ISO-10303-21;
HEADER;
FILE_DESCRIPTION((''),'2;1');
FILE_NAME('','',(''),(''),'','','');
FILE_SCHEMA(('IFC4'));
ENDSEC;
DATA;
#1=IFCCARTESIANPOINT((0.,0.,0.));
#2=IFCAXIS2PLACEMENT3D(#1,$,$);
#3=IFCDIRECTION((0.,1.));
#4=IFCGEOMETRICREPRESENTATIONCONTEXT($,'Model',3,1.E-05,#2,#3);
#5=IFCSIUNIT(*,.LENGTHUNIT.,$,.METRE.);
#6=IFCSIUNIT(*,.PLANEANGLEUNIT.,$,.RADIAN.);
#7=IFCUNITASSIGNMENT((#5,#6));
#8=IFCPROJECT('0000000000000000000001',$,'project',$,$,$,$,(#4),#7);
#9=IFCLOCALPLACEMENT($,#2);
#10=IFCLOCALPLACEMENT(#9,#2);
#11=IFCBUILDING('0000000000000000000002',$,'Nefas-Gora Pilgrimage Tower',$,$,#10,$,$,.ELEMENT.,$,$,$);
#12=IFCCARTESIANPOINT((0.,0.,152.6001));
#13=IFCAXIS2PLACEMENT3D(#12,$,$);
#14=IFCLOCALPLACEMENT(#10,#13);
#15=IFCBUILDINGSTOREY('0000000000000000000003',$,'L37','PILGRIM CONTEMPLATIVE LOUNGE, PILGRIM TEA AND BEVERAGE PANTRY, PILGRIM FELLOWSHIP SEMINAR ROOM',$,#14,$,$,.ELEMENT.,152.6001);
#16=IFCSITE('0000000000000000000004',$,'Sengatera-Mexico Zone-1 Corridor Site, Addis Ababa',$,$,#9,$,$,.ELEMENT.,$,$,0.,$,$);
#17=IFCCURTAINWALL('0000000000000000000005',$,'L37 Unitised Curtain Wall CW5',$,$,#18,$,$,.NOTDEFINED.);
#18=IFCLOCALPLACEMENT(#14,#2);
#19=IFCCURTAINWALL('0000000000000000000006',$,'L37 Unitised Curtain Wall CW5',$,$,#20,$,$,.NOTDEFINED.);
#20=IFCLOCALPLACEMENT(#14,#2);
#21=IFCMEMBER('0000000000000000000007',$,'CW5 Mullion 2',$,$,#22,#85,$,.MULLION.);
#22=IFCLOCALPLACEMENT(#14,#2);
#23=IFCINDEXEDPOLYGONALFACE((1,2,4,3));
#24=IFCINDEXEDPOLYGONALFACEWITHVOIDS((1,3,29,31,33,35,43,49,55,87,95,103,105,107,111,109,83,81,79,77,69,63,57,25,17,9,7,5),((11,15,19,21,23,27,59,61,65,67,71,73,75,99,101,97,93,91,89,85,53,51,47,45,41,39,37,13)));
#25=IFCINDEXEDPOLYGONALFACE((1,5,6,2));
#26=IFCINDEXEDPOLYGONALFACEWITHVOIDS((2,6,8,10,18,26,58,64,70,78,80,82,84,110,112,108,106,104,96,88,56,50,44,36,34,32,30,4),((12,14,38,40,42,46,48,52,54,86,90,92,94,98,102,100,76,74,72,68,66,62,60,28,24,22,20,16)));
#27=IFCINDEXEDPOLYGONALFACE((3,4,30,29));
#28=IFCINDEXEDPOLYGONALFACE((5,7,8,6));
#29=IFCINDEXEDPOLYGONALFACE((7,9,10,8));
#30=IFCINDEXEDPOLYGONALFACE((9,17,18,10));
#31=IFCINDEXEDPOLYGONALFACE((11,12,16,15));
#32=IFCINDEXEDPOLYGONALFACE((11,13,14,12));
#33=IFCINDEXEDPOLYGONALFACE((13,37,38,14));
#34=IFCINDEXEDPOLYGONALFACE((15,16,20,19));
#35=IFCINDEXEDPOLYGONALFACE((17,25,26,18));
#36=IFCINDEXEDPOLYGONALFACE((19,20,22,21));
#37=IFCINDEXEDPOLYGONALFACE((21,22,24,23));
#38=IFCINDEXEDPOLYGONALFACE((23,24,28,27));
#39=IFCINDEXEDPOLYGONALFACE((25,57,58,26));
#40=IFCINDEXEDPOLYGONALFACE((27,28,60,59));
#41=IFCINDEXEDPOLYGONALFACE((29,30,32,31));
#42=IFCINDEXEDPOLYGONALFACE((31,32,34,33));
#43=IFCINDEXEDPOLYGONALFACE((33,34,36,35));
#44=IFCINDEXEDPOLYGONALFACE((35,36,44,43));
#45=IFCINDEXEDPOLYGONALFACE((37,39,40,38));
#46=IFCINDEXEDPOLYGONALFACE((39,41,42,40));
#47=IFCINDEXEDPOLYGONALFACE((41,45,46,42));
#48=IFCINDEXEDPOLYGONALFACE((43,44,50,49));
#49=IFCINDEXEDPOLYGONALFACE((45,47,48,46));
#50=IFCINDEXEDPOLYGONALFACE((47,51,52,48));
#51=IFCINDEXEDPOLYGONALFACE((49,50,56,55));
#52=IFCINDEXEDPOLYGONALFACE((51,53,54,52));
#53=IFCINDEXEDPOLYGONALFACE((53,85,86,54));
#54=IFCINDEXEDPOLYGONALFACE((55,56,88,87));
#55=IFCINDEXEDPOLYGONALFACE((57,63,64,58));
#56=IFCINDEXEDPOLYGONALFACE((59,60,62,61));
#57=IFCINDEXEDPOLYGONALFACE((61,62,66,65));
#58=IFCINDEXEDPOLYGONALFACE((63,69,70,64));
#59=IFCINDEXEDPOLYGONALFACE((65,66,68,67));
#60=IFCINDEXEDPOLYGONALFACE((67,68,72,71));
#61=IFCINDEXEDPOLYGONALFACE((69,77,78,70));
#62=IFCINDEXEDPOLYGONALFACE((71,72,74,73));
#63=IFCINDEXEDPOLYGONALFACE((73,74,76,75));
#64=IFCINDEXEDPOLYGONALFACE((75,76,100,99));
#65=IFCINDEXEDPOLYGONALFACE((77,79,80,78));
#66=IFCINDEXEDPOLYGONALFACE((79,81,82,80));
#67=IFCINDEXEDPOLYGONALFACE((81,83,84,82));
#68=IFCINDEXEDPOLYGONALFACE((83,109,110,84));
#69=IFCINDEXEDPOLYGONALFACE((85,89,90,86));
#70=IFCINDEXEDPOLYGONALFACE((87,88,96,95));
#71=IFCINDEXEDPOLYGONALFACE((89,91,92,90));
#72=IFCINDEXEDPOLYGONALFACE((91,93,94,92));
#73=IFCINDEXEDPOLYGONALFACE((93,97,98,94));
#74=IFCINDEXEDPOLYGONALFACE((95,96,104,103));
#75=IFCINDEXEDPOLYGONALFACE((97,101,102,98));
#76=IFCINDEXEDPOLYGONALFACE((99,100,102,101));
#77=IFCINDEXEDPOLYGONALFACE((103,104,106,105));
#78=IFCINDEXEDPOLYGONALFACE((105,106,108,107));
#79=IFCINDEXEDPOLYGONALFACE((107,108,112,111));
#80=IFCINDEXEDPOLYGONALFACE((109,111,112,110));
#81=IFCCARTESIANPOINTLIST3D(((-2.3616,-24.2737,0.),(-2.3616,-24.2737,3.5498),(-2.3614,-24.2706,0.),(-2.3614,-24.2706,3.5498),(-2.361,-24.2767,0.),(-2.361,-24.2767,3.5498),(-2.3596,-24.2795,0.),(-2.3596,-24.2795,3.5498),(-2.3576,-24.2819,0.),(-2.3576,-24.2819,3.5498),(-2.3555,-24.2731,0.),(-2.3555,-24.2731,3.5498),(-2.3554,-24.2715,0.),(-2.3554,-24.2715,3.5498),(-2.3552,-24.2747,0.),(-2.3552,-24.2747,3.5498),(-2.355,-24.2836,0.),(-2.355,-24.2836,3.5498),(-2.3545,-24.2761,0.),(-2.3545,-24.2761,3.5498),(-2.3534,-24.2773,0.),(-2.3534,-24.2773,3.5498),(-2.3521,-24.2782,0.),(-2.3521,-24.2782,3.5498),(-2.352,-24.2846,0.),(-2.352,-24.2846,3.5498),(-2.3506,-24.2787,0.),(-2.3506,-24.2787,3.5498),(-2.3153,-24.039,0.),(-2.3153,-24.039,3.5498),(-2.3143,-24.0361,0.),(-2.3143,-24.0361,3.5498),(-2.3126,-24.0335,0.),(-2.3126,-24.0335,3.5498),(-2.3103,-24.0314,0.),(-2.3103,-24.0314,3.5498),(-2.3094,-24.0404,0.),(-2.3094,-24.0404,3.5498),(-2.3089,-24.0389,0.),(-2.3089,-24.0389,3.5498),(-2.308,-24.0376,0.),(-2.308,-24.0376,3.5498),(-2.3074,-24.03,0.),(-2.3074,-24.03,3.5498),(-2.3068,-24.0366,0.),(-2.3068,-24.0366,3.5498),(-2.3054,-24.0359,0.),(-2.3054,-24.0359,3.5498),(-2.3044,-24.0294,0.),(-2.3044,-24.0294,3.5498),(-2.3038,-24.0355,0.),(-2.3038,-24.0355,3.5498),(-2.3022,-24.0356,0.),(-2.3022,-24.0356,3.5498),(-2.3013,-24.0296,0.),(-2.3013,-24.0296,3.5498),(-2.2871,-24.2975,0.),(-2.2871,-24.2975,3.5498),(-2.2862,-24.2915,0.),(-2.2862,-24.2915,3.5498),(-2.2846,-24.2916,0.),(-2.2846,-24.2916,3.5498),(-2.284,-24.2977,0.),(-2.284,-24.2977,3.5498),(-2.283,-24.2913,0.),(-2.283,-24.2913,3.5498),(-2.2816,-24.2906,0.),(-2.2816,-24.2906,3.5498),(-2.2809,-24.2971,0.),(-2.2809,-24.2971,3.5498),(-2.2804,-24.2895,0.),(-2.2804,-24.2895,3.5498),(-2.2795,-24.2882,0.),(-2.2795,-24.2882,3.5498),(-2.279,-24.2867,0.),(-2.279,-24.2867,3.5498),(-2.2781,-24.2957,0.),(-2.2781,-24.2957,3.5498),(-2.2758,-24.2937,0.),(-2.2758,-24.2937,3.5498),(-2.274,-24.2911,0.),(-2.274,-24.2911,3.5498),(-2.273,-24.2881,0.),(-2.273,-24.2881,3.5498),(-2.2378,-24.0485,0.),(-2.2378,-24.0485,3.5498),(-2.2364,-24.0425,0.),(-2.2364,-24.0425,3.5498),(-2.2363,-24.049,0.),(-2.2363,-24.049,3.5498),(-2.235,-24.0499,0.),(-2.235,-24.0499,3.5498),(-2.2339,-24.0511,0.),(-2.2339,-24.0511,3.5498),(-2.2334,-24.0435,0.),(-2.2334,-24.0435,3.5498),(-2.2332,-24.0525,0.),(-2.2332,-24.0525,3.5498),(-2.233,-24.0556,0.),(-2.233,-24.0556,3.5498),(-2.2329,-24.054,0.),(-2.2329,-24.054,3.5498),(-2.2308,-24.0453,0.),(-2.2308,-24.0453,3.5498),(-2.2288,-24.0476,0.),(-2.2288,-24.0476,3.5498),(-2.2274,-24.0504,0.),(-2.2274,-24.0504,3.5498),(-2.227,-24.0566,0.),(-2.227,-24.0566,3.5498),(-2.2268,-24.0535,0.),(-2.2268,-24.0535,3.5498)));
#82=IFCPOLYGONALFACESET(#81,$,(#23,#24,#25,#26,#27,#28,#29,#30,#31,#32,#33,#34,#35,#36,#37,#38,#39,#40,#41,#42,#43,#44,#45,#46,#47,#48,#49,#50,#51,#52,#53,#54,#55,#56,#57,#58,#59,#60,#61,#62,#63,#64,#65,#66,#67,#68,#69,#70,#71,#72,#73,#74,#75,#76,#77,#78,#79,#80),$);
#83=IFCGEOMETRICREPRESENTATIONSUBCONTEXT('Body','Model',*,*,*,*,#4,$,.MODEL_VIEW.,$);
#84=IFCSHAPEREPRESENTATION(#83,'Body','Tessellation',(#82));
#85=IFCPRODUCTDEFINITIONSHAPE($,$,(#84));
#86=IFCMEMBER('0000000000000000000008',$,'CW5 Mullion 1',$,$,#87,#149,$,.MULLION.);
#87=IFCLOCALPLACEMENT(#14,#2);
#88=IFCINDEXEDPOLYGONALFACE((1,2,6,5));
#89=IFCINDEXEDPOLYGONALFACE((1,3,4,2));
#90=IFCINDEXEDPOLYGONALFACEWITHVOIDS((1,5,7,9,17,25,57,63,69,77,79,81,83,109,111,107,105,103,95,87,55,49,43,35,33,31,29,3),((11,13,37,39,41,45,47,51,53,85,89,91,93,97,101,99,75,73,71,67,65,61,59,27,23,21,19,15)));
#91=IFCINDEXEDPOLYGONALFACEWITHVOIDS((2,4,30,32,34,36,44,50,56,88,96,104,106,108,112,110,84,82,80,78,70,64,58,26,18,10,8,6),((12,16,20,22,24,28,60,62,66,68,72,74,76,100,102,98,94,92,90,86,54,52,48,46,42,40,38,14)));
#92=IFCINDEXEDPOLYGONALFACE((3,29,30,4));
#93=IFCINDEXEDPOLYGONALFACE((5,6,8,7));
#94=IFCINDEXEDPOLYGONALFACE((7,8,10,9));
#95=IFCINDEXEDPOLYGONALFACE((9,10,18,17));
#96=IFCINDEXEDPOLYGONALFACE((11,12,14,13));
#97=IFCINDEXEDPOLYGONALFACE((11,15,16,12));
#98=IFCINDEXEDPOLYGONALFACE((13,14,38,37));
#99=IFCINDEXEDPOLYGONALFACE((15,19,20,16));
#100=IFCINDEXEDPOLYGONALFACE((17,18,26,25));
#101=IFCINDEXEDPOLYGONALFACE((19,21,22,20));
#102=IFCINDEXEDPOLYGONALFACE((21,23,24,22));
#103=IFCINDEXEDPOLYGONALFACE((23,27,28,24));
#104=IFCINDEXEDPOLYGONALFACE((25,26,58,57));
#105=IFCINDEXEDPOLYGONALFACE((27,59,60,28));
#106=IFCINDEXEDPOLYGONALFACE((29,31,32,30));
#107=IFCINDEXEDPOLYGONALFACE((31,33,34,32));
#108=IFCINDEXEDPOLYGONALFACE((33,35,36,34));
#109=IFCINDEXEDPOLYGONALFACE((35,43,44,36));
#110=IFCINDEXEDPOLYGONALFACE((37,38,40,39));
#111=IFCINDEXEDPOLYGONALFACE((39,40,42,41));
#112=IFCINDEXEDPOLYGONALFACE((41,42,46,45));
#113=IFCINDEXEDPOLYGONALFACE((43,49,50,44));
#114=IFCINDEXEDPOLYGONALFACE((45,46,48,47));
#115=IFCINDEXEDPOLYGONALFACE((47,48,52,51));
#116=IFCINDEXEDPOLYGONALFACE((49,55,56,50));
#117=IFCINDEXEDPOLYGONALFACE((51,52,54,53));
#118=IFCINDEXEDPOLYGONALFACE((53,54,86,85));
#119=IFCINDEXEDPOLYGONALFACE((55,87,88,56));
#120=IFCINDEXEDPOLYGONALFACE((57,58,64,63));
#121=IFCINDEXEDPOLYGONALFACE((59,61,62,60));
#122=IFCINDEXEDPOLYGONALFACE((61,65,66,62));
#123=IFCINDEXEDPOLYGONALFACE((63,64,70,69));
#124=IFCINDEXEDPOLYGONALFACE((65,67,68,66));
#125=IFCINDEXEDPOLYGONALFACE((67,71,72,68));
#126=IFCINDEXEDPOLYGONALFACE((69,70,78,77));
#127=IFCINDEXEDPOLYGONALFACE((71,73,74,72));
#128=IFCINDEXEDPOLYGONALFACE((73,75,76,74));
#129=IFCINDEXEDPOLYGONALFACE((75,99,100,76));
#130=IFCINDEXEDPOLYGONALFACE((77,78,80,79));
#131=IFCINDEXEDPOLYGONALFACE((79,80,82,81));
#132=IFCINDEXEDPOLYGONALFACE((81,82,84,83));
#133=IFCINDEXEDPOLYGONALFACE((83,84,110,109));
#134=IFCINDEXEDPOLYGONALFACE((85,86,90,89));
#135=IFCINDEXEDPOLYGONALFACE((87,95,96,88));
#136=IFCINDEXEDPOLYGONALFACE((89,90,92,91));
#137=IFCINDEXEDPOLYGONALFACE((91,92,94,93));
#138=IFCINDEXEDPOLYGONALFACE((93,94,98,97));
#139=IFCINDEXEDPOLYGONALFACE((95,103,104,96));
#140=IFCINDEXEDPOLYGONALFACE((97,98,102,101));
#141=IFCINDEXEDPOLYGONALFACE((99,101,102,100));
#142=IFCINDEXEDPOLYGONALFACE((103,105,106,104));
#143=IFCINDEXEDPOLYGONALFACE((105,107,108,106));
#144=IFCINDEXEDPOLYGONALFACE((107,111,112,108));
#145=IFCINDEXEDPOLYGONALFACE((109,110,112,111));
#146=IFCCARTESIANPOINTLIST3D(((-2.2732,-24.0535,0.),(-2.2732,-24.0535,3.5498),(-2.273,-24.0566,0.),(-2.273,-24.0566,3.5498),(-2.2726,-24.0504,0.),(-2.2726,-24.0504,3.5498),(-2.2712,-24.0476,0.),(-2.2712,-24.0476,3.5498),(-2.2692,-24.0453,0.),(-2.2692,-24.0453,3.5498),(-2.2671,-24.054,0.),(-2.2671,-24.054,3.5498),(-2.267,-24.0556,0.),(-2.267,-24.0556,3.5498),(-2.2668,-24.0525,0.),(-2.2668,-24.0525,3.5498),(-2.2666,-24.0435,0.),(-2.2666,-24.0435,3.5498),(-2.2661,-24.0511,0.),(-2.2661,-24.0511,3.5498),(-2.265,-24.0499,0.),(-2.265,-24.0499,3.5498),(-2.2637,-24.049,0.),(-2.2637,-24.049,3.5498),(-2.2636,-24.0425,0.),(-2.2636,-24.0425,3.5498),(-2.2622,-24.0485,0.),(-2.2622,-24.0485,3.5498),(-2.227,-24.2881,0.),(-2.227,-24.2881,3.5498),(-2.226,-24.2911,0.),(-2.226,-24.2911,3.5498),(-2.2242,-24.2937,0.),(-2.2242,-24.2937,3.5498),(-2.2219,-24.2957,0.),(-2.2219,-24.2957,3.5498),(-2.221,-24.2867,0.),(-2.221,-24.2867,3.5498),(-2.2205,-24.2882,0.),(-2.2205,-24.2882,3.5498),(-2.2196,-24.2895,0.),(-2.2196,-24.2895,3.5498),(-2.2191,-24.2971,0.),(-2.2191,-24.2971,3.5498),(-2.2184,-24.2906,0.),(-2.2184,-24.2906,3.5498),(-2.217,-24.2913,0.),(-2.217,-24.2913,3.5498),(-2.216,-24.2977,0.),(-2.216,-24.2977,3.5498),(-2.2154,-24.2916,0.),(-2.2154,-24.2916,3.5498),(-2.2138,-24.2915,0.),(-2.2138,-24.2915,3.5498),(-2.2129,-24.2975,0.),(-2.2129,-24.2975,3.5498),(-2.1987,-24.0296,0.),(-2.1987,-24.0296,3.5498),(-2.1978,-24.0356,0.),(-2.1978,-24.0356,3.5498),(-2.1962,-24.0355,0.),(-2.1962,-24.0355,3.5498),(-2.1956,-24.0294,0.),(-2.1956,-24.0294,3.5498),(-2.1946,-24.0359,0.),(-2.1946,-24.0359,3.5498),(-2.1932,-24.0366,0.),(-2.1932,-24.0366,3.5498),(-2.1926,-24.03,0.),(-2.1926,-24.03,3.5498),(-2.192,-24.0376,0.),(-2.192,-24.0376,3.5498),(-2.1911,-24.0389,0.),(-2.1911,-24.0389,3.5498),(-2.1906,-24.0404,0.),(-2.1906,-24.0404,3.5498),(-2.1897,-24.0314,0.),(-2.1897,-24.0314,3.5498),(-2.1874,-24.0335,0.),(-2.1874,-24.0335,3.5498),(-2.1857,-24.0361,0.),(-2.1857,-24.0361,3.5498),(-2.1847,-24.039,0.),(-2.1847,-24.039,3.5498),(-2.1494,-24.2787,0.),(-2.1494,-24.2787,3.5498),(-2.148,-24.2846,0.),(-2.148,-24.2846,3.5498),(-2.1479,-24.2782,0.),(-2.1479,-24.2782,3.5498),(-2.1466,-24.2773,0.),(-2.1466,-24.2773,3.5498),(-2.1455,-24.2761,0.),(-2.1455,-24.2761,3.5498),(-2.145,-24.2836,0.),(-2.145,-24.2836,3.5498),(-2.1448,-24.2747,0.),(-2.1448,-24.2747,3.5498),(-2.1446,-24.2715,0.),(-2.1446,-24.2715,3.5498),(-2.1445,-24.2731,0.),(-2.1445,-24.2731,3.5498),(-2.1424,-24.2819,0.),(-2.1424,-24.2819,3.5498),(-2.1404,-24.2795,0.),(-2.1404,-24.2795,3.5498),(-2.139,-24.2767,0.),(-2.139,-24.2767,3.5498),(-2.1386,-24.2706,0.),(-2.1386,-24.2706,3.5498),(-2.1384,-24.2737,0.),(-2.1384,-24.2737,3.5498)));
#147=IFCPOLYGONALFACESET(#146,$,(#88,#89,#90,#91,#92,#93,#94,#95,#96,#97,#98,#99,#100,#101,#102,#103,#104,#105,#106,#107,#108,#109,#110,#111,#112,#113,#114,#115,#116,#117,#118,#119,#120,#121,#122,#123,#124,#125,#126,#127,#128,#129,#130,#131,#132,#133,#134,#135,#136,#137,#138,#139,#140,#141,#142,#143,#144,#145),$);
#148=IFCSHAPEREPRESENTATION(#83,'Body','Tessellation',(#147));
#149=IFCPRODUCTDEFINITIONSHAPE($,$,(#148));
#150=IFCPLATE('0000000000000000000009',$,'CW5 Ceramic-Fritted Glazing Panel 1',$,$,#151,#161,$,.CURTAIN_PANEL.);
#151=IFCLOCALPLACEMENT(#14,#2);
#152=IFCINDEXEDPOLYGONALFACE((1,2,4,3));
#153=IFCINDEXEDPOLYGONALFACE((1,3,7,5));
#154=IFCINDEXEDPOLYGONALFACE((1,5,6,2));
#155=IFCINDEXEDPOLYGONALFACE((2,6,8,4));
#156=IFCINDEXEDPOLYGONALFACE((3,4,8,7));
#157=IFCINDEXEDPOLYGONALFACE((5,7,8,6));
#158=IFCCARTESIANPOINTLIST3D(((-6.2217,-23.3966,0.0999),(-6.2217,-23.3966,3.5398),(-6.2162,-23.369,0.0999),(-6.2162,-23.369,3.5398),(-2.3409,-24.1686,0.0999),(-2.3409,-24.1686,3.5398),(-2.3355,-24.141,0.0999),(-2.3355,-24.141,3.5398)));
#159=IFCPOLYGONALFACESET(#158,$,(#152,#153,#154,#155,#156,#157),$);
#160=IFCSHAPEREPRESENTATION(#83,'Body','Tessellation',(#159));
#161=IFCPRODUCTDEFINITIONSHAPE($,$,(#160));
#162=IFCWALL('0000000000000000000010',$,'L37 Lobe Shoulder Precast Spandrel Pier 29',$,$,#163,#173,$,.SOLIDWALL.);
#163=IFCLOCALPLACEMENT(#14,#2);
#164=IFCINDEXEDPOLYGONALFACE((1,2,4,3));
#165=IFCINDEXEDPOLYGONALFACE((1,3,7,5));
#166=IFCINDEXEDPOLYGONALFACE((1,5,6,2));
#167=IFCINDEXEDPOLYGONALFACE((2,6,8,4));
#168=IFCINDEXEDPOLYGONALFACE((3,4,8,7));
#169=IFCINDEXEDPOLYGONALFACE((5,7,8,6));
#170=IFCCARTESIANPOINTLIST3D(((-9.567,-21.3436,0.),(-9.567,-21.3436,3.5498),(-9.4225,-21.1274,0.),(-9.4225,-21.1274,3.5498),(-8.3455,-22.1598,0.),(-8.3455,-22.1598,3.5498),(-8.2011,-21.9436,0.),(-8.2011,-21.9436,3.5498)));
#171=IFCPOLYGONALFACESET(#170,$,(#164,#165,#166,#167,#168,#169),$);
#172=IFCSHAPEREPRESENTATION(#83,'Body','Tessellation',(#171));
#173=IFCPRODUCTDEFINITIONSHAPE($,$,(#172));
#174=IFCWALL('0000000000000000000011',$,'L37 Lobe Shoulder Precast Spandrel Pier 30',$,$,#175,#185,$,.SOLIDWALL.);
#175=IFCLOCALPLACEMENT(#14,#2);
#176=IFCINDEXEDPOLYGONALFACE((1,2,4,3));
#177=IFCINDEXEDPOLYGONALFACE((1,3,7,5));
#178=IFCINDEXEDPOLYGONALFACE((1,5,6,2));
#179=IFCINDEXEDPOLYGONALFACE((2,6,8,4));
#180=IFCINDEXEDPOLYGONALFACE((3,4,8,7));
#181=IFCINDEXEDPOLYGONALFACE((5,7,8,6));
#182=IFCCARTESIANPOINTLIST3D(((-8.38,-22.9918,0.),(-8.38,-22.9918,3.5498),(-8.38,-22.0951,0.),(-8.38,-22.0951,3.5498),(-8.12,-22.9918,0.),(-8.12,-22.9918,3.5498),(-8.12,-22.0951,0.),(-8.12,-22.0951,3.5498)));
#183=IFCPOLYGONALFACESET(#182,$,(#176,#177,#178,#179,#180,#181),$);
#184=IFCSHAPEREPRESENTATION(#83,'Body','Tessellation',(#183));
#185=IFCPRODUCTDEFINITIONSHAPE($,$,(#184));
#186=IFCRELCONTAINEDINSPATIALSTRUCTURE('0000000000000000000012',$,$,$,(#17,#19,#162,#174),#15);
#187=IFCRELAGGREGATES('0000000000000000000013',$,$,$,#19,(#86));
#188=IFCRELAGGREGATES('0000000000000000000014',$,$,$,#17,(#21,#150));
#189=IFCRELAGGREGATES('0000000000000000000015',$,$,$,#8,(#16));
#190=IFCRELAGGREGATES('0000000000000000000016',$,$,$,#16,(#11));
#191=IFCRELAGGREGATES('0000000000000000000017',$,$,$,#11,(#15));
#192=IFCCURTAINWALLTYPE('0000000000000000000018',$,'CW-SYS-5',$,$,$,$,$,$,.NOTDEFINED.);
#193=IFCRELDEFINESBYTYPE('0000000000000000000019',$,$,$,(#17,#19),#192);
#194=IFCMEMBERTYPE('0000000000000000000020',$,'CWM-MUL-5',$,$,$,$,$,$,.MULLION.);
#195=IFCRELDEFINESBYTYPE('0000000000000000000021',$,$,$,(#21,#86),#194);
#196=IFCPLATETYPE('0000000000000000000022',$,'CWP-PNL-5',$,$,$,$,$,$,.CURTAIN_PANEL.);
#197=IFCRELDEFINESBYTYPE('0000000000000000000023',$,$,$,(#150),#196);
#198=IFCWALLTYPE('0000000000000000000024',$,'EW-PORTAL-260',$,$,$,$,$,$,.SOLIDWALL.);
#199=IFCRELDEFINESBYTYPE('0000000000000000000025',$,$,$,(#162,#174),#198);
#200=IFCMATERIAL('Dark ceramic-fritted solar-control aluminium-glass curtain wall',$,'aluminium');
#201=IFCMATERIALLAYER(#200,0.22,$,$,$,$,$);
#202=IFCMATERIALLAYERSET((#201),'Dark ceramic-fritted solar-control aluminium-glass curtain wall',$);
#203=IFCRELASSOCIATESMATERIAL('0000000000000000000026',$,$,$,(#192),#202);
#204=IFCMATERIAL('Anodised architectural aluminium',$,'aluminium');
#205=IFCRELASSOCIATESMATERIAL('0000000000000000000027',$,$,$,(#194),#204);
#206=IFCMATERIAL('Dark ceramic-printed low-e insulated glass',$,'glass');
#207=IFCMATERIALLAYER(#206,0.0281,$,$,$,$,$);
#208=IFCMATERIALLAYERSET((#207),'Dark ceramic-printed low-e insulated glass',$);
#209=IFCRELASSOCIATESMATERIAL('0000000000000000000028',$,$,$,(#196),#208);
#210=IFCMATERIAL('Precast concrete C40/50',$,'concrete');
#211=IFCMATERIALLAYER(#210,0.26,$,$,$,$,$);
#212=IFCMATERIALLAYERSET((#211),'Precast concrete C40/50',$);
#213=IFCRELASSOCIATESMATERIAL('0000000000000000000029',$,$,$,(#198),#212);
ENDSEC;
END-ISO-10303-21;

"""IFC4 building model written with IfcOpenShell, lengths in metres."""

from ifc_helpers import new_model, si_unit, direction, frame, frame_2d, origin, origin_2d, place, context, subcontext, project, spatial, rectangle, hollow_rectangle, extrude, source, transform, mapped, material, layer, layer_set, material_profile, profile_set, type_object, element, aggregate, save


model = new_model("IFC4")

# Units and contexts
model_context = context("Model", 3, precision=1e-05, world=origin(), true_north=direction((0.0, 1.0)))
body_context = subcontext(model_context, "Body", "Model", "MODEL_VIEW")
ifc_project = project(units=[si_unit("LENGTHUNIT", "METRE"), si_unit("PLANEANGLEUNIT", "RADIAN")], contexts=[model_context])

# Site, building, storey
site_placement = place(None, origin())
site = spatial("IfcSite", under=ifc_project, at=site_placement, Name="Sengatera-Mexico Zone-1 Corridor Site, Addis Ababa", CompositionType="ELEMENT", RefElevation=0.0)
building_placement = place(site_placement, origin())
building = spatial("IfcBuilding", under=site, at=building_placement, Name="Nefas-Gora Pilgrimage Tower", CompositionType="ELEMENT")
storey_placement = place(building_placement, frame((0.0, 0.0, 152.6001)))
storey = spatial("IfcBuildingStorey", under=building, at=storey_placement, Name="L37", Description="PILGRIM CONTEMPLATIVE LOUNGE, PILGRIM TEA AND BEVERAGE PANTRY, PILGRIM FELLOWSHIP SEMINAR ROOM", CompositionType="ELEMENT", Elevation=152.6001)

# Curtain walls
ifc_material_1 = material(Name="Dark ceramic-fritted solar-control aluminium-glass curtain wall", Category="aluminium")
ifc_layer_1 = layer(ifc_material_1, 0.22)
ifc_layer_set_1 = layer_set([ifc_layer_1], Name="Dark ceramic-fritted solar-control aluminium-glass curtain wall")
curtain_wall_type = type_object("IfcCurtainWallType", Name="CW-SYS-5", PredefinedType="NOTDEFINED", material=ifc_layer_set_1)
curtain_wall_1_placement = place(storey_placement, origin())
curtain_wall_1 = element("IfcCurtainWall", 1, at=curtain_wall_1_placement, inside=storey, type_object=curtain_wall_type, Name="L37 Unitised Curtain Wall CW5", PredefinedType="NOTDEFINED")
ifc_material_2 = material(Name="Anodised architectural aluminium", Category="aluminium")
curtain_wall_2_placement = place(storey_placement, origin())
curtain_wall_2 = element("IfcCurtainWall", 2, at=curtain_wall_2_placement, inside=storey, type_object=curtain_wall_type, Name="L37 Unitised Curtain Wall CW5", PredefinedType="NOTDEFINED")
ifc_material_profile_1 = material_profile(ifc_material_2, hollow_rectangle(XDim=0.0901, YDim=0.26, WallThickness=0.0061, InnerFilletRadius=0.0061, OuterFilletRadius=0.012, at=origin_2d()), Name="ALU MULLION 90x260")
ifc_profile_set_1 = profile_set([ifc_material_profile_1], Name="Anodised architectural aluminium")
member_type_1 = type_object("IfcMemberType", Name="CWM-MUL-5", PredefinedType="MULLION", material=ifc_profile_set_1)
shared_shape_1 = source(origin(), body_context, "Body", "SweptSolid", [
    extrude(hollow_rectangle(XDim=0.0901, YDim=0.26, WallThickness=0.0061, InnerFilletRadius=0.0061, OuterFilletRadius=0.012, at=origin_2d()), origin(), (0.0, 0.0, 1.0), 3.5498),
])

# Members
member_1_placement = place(storey_placement, frame((-2.2942, -24.1636, 0.0), z_axis=(0.0, 0.0, 1.0), x_axis=(0.980783, -0.195102, 0.0)))
member_1 = element("IfcMember", 3, at=member_1_placement, type_object=member_type_1, Name="CW5 Mullion 2", PredefinedType="MULLION", context=body_context, shape_type="MappedRepresentation", body=[
    mapped(shared_shape_1, transform((0.0, 0.0, 0.0), x_axis=(1.0, 0.0, 0.0), y_axis=(0.0, 1.0, 0.0), z_axis=(0.0, 0.0, 1.0), scale=1.0)),
])
member_2_placement = place(storey_placement, frame((-2.2058, -24.1636, 0.0), z_axis=(0.0, 0.0, 1.0), x_axis=(0.980783, 0.195102, 0.0)))
member_2 = element("IfcMember", 4, at=member_2_placement, type_object=member_type_1, Name="CW5 Mullion 1", PredefinedType="MULLION", context=body_context, shape_type="MappedRepresentation", body=[
    mapped(shared_shape_1, transform((0.0, 0.0, 0.0), x_axis=(1.0, 0.0, 0.0), y_axis=(0.0, 1.0, 0.0), z_axis=(0.0, 0.0, 1.0), scale=1.0)),
])
aggregate(curtain_wall_2, [member_2])

# Plate
ifc_material_3 = material(Name="Dark ceramic-printed low-e insulated glass", Category="glass")
ifc_layer_2 = layer(ifc_material_3, 0.0281)
ifc_layer_set_2 = layer_set([ifc_layer_2], Name="Dark ceramic-printed low-e insulated glass")
plate_type = type_object("IfcPlateType", Name="CWP-PNL-5", PredefinedType="CURTAIN_PANEL", material=ifc_layer_set_2)
shared_shape_2 = source(origin(), body_context, "Body", "SweptSolid", [
    extrude(rectangle(XDim=3.9568, YDim=0.0281, at=origin_2d()), origin(), (0.0, 0.0, 1.0), 3.4399),
])
plate_placement = place(storey_placement, frame((-4.2786, -23.7688, 0.0999), z_axis=(0.0, 0.0, 1.0), x_axis=(0.980783, -0.195102, 0.0)))
plate = element("IfcPlate", 5, at=plate_placement, type_object=plate_type, Name="CW5 Ceramic-Fritted Glazing Panel 1", PredefinedType="CURTAIN_PANEL", context=body_context, shape_type="MappedRepresentation", body=[
    mapped(shared_shape_2, transform((0.0, 0.0, 0.0), x_axis=(1.0, 0.0, 0.0), y_axis=(0.0, 1.0, 0.0), z_axis=(0.0, 0.0, 1.0), scale=1.0)),
])
aggregate(curtain_wall_1, [member_1, plate])

# Walls
ifc_material_4 = material(Name="Precast concrete C40/50", Category="concrete")
ifc_layer_3 = layer(ifc_material_4, 0.26)
ifc_layer_set_3 = layer_set([ifc_layer_3], Name="Precast concrete C40/50")
wall_type_1 = type_object("IfcWallType", Name="EW-PORTAL-260", PredefinedType="SOLIDWALL", material=ifc_layer_set_3)
shared_shape_3 = source(origin(), body_context, "Body", "SweptSolid", [
    extrude(rectangle(XDim=1.469, YDim=0.26, at=frame_2d((0.7344, 0.0))), origin(), (0.0, 0.0, 1.0), 3.5498),
])
wall_1_placement = place(storey_placement, frame((-9.4946, -21.2356, 0.0), z_axis=(0.0, 0.0, 1.0), x_axis=(0.831462, -0.555582, 0.0)))
element("IfcWall", 6, at=wall_1_placement, inside=storey, type_object=wall_type_1, Name="L37 Lobe Shoulder Precast Spandrel Pier 29", PredefinedType="SOLIDWALL", context=body_context, shape_type="MappedRepresentation", body=[
    mapped(shared_shape_3, transform((0.0, 0.0, 0.0), x_axis=(1.0, 0.0, 0.0), y_axis=(0.0, 1.0, 0.0), z_axis=(0.0, 0.0, 1.0), scale=1.0)),
])
shared_shape_4 = source(origin(), body_context, "Body", "SweptSolid", [
    extrude(rectangle(XDim=0.8967, YDim=0.26, at=frame_2d((0.4482, 0.0))), origin(), (0.0, 0.0, 1.0), 3.5498),
])
wall_2_placement = place(storey_placement, frame((-8.25, -22.0952, 0.0), z_axis=(0.0, 0.0, 1.0), x_axis=(0.0, -1.0, 0.0)))
element("IfcWall", 7, at=wall_2_placement, inside=storey, type_object=wall_type_1, Name="L37 Lobe Shoulder Precast Spandrel Pier 30", PredefinedType="SOLIDWALL", context=body_context, shape_type="MappedRepresentation", body=[
    mapped(shared_shape_4, transform((0.0, 0.0, 0.0), x_axis=(1.0, 0.0, 0.0), y_axis=(0.0, 1.0, 0.0), z_axis=(0.0, 0.0, 1.0), scale=1.0)),
])

save(model, "model.ifc")
